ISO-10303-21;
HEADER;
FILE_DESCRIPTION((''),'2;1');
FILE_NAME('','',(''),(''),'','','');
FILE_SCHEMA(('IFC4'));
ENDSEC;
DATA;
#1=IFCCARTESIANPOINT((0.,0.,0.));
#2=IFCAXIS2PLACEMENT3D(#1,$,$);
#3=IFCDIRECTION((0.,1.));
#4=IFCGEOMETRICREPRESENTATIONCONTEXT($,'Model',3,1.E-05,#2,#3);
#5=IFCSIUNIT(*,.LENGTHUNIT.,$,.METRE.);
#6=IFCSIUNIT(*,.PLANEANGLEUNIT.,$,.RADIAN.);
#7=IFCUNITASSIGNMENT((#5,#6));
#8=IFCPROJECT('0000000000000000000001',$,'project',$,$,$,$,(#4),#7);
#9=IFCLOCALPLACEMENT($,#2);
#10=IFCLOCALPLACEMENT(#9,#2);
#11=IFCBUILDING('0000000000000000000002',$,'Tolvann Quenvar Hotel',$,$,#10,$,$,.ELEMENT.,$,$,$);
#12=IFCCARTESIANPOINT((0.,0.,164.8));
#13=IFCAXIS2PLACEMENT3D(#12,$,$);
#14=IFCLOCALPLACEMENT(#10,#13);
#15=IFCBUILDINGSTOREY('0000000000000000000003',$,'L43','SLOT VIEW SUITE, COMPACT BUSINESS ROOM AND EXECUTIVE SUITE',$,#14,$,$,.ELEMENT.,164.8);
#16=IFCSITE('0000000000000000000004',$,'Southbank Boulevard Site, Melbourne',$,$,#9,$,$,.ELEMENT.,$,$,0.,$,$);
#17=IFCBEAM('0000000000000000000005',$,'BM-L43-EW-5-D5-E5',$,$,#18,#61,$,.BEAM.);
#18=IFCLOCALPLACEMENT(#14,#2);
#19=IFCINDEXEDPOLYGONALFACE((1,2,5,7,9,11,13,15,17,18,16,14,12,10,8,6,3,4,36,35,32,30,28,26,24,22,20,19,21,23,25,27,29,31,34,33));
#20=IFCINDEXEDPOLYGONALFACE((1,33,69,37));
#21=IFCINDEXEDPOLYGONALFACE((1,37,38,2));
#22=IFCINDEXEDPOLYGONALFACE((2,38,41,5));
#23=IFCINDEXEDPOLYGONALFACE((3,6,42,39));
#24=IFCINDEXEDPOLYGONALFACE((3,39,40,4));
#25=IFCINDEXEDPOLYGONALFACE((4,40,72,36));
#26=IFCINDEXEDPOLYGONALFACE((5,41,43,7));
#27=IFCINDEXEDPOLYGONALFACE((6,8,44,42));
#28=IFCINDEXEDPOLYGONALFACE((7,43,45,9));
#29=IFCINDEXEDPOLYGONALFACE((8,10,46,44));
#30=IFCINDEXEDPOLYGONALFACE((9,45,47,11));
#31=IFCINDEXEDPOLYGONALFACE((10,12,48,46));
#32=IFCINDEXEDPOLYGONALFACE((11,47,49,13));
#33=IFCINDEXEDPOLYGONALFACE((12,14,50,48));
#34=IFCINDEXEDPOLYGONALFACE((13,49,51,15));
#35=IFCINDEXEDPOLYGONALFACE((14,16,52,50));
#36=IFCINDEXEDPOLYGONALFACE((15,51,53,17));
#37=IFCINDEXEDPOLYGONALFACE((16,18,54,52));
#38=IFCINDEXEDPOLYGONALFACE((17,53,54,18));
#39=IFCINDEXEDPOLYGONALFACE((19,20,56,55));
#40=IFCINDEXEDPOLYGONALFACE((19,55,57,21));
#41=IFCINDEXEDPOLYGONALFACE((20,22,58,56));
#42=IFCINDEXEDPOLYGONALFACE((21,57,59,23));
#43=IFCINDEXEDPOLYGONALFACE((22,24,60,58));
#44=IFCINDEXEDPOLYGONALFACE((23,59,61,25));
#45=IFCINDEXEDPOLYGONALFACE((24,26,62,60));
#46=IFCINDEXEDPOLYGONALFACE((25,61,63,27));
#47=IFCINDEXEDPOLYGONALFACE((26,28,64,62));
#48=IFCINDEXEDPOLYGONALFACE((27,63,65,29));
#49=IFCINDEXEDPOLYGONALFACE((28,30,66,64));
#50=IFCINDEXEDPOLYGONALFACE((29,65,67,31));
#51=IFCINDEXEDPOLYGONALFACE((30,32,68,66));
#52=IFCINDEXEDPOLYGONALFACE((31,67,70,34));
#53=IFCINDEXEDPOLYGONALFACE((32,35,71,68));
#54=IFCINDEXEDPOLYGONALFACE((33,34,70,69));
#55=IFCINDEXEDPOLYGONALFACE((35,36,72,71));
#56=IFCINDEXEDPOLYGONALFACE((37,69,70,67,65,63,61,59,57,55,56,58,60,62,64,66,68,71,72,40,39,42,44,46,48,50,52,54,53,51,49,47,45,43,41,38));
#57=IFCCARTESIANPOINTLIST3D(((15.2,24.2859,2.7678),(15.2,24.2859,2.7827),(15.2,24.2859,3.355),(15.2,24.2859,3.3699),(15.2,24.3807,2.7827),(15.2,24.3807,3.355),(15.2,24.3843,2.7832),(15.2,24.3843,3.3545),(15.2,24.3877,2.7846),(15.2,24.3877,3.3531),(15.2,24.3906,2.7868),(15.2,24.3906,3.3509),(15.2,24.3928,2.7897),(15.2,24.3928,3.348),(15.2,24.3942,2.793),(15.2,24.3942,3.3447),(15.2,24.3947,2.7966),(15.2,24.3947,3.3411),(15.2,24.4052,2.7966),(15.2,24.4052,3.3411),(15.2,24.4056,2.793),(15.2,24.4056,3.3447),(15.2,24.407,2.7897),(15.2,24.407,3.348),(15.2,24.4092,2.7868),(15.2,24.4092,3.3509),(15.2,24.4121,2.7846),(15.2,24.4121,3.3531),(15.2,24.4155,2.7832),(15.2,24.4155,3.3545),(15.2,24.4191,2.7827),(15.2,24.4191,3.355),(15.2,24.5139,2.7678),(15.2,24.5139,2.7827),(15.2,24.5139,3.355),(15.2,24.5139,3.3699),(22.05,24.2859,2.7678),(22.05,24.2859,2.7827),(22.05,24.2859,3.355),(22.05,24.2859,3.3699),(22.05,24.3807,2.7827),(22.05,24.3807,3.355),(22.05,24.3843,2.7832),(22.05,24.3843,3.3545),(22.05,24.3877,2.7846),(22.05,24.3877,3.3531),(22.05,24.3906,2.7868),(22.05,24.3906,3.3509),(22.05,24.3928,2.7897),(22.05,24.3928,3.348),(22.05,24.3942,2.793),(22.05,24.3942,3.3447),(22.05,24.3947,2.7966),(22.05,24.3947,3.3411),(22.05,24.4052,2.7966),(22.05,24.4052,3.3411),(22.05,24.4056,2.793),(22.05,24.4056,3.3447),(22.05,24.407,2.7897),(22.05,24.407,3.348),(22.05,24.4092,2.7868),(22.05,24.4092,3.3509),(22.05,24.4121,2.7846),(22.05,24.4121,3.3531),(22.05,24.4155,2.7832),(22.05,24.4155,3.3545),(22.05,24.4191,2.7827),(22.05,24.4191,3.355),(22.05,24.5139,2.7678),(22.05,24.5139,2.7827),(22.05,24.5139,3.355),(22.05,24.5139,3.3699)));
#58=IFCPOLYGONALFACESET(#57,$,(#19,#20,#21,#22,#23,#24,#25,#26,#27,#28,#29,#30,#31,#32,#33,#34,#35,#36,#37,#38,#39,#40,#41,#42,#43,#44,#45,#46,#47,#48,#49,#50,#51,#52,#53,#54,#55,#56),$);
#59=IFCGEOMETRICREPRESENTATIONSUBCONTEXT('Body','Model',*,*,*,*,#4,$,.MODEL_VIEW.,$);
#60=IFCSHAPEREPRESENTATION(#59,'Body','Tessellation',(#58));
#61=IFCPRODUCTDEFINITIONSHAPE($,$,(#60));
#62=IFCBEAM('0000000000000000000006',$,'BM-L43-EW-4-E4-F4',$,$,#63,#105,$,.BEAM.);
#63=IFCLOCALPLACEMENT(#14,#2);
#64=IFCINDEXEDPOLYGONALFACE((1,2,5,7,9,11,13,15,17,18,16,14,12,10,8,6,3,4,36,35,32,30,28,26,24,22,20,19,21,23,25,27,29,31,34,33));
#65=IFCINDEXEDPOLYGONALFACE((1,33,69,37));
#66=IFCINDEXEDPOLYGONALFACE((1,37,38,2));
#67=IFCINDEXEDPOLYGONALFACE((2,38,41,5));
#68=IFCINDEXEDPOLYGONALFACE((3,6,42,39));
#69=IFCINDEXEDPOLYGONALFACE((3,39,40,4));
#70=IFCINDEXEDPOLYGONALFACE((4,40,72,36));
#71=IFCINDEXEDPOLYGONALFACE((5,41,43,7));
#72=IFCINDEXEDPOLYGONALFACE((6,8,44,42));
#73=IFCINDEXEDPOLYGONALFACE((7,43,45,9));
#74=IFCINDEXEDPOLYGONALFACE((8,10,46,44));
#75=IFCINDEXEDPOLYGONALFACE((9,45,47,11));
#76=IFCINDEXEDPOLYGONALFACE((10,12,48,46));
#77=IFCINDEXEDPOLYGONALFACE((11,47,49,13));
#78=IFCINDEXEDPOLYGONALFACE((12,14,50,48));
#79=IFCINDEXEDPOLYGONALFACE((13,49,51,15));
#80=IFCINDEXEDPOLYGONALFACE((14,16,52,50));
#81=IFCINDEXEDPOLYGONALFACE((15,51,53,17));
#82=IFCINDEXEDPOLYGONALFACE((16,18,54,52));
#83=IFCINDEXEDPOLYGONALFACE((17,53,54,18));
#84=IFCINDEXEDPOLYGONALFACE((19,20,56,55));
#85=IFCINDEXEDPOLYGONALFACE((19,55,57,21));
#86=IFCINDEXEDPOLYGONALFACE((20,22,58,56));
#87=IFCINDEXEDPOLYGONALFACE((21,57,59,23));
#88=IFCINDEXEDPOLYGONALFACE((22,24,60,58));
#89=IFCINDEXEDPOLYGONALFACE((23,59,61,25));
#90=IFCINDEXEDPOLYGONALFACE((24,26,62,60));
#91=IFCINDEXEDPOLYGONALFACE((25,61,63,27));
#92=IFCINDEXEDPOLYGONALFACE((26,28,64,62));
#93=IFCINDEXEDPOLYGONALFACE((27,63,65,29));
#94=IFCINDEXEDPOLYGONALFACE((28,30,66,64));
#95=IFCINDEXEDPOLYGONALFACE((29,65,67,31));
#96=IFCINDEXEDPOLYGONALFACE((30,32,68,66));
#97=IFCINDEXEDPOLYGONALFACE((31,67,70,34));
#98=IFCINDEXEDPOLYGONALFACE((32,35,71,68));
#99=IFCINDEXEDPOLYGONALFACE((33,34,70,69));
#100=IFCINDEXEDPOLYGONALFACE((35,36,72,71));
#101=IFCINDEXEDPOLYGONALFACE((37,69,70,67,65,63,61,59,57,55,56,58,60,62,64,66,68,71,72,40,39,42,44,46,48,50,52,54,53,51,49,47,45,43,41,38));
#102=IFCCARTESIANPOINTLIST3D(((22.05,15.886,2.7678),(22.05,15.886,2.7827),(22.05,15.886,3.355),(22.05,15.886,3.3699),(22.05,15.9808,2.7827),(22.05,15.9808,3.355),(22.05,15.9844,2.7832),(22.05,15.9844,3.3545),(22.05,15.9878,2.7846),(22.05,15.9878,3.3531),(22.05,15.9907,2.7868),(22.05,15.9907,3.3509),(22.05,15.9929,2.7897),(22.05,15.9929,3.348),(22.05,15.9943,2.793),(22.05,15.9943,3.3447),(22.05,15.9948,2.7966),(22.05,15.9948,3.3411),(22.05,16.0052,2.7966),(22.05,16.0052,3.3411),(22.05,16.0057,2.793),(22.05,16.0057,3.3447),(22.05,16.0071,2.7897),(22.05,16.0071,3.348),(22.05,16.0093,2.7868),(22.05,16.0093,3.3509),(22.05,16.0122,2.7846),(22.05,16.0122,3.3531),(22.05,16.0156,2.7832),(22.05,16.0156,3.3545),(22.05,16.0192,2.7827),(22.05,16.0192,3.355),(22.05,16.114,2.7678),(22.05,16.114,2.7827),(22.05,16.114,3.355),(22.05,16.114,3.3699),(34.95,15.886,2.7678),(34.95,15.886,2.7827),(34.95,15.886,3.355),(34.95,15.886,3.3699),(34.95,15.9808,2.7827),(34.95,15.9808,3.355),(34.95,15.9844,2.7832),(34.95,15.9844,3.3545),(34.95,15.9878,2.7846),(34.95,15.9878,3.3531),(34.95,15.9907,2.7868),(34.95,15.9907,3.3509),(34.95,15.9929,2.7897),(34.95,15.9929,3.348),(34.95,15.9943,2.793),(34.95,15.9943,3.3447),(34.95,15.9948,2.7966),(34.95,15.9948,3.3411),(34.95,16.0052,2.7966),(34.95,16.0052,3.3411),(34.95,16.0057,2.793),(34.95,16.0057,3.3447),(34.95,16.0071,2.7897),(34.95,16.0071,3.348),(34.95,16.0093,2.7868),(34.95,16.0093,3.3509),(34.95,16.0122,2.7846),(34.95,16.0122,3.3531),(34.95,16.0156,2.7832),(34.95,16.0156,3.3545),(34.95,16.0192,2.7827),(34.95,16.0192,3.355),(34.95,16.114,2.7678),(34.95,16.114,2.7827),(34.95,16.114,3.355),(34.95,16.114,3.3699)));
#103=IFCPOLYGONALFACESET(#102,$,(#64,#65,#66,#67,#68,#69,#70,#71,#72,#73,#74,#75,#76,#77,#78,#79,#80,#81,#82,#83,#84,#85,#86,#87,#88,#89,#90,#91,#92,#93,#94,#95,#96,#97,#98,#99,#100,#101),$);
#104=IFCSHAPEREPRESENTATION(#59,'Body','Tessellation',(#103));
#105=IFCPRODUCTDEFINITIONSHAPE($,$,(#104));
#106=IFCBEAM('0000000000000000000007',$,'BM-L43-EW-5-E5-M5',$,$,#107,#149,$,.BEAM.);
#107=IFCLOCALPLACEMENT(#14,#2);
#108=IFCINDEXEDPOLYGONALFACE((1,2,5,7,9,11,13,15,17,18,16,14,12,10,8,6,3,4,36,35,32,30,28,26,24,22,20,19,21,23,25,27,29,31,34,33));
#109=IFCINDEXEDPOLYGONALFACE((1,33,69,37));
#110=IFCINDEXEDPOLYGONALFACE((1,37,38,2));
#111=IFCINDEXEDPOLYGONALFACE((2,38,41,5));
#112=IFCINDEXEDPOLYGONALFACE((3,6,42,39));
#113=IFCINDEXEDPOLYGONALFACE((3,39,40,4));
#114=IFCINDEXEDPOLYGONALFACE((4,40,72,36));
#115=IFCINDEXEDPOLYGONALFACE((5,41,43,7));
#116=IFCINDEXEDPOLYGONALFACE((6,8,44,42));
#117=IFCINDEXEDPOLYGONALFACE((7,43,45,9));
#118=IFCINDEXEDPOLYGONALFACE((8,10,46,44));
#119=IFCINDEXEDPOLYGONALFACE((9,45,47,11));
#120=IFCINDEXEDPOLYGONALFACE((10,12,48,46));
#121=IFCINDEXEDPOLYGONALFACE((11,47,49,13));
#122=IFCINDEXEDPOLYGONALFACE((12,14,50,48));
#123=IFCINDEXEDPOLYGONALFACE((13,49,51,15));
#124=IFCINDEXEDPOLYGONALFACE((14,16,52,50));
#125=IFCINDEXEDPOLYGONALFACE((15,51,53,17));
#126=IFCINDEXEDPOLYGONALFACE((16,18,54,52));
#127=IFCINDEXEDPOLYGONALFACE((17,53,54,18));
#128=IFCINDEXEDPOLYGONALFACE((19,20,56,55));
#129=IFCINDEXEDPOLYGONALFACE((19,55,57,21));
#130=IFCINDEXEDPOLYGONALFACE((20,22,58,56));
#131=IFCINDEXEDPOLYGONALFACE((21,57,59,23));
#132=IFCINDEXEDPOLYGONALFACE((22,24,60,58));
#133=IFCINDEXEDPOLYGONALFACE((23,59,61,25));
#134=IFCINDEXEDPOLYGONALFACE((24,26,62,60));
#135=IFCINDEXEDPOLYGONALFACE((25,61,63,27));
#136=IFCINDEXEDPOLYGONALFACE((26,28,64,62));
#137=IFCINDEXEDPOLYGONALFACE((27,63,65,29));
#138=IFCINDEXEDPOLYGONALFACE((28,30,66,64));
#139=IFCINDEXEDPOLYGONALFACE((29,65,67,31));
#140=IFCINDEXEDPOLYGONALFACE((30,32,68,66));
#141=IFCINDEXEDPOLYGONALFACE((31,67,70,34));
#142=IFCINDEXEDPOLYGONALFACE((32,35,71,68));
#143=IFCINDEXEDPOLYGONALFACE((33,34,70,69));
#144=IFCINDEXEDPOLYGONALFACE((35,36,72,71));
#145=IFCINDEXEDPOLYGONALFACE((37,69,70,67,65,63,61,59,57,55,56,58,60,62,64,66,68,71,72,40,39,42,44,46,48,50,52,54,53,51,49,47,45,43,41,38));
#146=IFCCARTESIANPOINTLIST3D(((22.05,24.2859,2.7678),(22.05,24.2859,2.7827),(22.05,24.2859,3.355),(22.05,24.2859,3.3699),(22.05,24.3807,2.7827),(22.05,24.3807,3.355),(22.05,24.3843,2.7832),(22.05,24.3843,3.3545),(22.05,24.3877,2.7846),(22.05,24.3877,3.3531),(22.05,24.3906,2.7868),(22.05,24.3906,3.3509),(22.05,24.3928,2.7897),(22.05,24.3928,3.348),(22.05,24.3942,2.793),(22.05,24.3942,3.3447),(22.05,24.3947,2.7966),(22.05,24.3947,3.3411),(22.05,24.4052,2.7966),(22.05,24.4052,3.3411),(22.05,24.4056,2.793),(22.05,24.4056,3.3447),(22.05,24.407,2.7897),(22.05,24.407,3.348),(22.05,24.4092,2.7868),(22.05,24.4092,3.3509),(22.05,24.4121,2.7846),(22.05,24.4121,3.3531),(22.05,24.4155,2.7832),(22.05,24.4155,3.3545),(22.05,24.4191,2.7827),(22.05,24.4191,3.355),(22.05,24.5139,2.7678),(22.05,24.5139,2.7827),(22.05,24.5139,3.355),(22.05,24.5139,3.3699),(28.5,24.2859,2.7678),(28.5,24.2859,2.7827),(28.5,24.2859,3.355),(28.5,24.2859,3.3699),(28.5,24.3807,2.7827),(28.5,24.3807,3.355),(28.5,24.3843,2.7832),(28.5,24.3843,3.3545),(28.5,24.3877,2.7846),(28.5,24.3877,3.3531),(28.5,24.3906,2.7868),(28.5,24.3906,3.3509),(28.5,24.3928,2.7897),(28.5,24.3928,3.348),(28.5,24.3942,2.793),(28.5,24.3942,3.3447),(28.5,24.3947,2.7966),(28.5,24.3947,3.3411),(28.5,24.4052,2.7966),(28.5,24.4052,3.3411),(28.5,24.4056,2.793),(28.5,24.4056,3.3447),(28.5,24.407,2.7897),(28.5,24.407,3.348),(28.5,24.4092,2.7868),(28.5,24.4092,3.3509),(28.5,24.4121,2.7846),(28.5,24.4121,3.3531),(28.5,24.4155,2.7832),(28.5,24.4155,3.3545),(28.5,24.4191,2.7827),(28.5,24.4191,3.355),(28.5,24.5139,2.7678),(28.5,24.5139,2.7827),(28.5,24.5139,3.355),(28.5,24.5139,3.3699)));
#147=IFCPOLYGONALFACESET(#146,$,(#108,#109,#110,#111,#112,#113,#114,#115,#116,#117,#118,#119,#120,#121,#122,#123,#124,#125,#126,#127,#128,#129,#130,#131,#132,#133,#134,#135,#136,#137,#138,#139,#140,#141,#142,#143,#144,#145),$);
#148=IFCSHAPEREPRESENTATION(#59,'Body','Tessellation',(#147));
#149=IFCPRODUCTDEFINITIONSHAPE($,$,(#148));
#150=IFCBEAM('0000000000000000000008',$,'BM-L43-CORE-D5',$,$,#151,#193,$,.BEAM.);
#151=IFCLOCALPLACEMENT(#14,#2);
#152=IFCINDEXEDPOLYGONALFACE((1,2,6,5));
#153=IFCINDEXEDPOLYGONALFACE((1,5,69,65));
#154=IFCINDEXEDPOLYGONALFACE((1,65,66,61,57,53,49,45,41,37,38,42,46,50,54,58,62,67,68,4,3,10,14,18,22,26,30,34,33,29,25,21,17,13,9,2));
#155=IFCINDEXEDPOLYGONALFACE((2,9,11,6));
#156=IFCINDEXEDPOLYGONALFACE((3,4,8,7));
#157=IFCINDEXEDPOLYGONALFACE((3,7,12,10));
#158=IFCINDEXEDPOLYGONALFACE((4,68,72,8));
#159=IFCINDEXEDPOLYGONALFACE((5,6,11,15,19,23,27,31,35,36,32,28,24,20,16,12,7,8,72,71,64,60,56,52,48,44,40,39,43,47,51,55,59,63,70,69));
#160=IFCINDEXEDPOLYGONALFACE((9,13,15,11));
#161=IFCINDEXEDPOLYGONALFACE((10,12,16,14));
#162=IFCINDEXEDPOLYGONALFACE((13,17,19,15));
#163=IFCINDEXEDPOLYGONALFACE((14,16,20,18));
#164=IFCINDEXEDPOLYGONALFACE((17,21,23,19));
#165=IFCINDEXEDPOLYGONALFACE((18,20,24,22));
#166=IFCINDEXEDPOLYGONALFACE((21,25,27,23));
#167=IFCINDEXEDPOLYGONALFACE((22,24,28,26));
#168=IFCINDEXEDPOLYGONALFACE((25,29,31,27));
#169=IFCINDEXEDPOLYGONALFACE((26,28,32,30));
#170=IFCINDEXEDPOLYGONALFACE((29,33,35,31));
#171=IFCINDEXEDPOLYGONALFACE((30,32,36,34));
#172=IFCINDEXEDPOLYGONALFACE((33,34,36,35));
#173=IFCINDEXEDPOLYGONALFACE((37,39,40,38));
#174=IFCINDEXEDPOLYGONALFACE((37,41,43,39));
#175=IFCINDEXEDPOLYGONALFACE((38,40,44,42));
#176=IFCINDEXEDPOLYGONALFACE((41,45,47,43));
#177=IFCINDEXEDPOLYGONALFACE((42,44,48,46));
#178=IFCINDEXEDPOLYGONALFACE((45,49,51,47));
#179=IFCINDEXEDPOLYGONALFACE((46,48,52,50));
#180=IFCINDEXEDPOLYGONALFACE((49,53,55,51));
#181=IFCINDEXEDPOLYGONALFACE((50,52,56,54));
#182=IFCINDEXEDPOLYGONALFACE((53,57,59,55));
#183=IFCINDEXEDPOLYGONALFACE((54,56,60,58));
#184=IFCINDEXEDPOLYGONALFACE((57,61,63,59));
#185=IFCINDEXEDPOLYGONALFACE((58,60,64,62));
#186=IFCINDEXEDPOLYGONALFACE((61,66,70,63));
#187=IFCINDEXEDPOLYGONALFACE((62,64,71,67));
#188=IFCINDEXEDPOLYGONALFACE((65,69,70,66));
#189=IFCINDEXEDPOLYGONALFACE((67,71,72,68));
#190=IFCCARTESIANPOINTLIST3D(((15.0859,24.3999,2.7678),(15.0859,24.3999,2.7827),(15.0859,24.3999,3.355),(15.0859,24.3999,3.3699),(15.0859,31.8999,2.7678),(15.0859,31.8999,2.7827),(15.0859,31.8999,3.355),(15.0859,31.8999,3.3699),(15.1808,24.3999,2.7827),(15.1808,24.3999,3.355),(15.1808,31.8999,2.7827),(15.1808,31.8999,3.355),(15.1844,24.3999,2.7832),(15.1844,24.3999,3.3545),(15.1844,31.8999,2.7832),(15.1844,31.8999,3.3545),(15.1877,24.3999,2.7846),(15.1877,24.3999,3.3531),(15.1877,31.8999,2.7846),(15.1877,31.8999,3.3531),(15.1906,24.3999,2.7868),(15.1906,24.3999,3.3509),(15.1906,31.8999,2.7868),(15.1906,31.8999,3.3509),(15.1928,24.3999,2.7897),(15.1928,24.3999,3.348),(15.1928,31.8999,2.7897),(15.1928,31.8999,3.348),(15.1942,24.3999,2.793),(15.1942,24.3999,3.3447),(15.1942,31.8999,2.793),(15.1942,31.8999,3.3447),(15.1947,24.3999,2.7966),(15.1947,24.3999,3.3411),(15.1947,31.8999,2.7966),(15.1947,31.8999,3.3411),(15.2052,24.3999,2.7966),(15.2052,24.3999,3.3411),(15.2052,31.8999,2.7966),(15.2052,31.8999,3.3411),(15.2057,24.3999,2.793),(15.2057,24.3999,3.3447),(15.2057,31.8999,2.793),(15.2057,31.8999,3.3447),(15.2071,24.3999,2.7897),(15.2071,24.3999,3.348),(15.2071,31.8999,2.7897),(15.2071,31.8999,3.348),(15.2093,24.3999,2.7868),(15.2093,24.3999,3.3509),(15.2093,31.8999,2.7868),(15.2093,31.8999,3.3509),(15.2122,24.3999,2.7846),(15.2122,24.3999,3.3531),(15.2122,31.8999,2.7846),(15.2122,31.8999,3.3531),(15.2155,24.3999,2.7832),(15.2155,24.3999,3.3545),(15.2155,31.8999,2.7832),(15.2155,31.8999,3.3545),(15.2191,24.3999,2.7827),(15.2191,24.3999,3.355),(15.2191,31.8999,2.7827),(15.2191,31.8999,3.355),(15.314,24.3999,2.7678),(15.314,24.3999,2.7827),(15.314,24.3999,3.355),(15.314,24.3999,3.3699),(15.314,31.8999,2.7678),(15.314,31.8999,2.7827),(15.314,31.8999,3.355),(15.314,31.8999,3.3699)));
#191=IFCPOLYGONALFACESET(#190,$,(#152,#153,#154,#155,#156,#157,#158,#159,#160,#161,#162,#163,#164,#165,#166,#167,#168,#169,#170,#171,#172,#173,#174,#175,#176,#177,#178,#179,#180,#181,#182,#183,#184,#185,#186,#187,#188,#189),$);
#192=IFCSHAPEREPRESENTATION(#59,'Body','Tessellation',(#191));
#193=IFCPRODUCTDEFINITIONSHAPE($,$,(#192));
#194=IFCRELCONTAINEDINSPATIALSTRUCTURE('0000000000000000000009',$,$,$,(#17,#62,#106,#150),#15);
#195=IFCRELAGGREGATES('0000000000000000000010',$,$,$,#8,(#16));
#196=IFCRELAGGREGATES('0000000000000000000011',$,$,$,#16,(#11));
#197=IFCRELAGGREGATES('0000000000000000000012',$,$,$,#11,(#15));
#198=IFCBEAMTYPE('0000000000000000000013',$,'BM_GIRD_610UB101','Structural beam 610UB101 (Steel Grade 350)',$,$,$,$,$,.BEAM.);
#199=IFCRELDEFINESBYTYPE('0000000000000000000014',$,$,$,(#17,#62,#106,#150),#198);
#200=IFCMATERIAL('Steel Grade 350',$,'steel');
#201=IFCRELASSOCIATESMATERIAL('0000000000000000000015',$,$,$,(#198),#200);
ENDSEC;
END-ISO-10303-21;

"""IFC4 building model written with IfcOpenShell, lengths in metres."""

from ifc_helpers import new_model, si_unit, direction, frame, origin, origin_2d, place, context, subcontext, project, spatial, i_section, extrude, source, transform, mapped, material, material_profile, profile_set, type_object, type_shapes, element, save


model = new_model("IFC4")

# Units and contexts
model_context = context("Model", 3, precision=1e-05, world=origin(), true_north=direction((0.0, 1.0)))
body_context = subcontext(model_context, "Body", "Model", "MODEL_VIEW")
ifc_project = project(units=[si_unit("LENGTHUNIT", "METRE"), si_unit("PLANEANGLEUNIT", "RADIAN")], contexts=[model_context])

# Site, building, storey
site_placement = place(None, origin())
site = spatial("IfcSite", under=ifc_project, at=site_placement, Name="Southbank Boulevard Site, Melbourne", CompositionType="ELEMENT", RefElevation=0.0)
building_placement = place(site_placement, origin())
building = spatial("IfcBuilding", under=site, at=building_placement, Name="Tolvann Quenvar Hotel", CompositionType="ELEMENT")
storey_placement = place(building_placement, frame((0.0, 0.0, 164.8)))
storey = spatial("IfcBuildingStorey", under=building, at=storey_placement, Name="L43", Description="SLOT VIEW SUITE, COMPACT BUSINESS ROOM AND EXECUTIVE SUITE", CompositionType="ELEMENT", Elevation=164.8)

# Shared definitions
ifc_material_1 = material(Name="Steel Grade 350", Category="steel")

# Beams
ifc_material_profile_1 = material_profile(ifc_material_1, i_section(OverallWidth=0.228, OverallDepth=0.6021, WebThickness=0.0105, FlangeThickness=0.0149, FilletRadius=0.0139, at=origin_2d()), Name="610UB101")
ifc_profile_set_1 = profile_set([ifc_material_profile_1], Name="Steel Grade 350")
beam_type_1 = type_object("IfcBeamType", Name="BM_GIRD_610UB101", Description="Structural beam 610UB101 (Steel Grade 350)", PredefinedType="BEAM", material=ifc_profile_set_1)
shared_shape_1 = source(origin(), body_context, "Body", "SweptSolid", [
    extrude(i_section(OverallWidth=0.228, OverallDepth=0.6021, WebThickness=0.0105, FlangeThickness=0.0149, FilletRadius=0.0139, at=origin_2d()), origin(), (0.0, 0.0, 1.0), 6.8501),
])
for number, where, z_axis, x_axis, name in (
    (1, (15.2, 24.3999, 3.0688), (1.0, 0.0, 0.0), (0.0, 1.0, 0.0), "BM-L43-EW-5-D5-E5"),
):
    element("IfcBeam", number, at=place(storey_placement, frame(where, z_axis=z_axis, x_axis=x_axis)), inside=storey, type_object=beam_type_1, Name=name, PredefinedType="BEAM", context=body_context, shape_type="MappedRepresentation", body=[
        mapped(shared_shape_1, transform((0.0, 0.0, 0.0), x_axis=(1.0, 0.0, 0.0), y_axis=(0.0, 1.0, 0.0), z_axis=(0.0, 0.0, 1.0), scale=1.0)),
    ])
shared_shape_2 = source(origin(), body_context, "Body", "SweptSolid", [
    extrude(i_section(OverallWidth=0.228, OverallDepth=0.6021, WebThickness=0.0105, FlangeThickness=0.0149, FilletRadius=0.0139, at=origin_2d()), origin(), (0.0, 0.0, 1.0), 12.8999),
])
beam_1_placement = place(storey_placement, frame((22.05, 16.0, 3.0688), z_axis=(1.0, 0.0, 0.0), x_axis=(0.0, 1.0, 0.0)))
element("IfcBeam", 2, at=beam_1_placement, inside=storey, type_object=beam_type_1, Name="BM-L43-EW-4-E4-F4", PredefinedType="BEAM", context=body_context, shape_type="MappedRepresentation", body=[
    mapped(shared_shape_2, transform((0.0, 0.0, 0.0), x_axis=(1.0, 0.0, 0.0), y_axis=(0.0, 1.0, 0.0), z_axis=(0.0, 0.0, 1.0), scale=1.0)),
])
shared_shape_3 = source(origin(), body_context, "Body", "SweptSolid", [
    extrude(i_section(OverallWidth=0.228, OverallDepth=0.6021, WebThickness=0.0105, FlangeThickness=0.0149, FilletRadius=0.0139, at=origin_2d()), origin(), (0.0, 0.0, 1.0), 6.45),
])
beam_2_placement = place(storey_placement, frame((22.05, 24.3999, 3.0688), z_axis=(1.0, 0.0, 0.0), x_axis=(0.0, 1.0, 0.0)))
element("IfcBeam", 3, at=beam_2_placement, inside=storey, type_object=beam_type_1, Name="BM-L43-EW-5-E5-M5", PredefinedType="BEAM", context=body_context, shape_type="MappedRepresentation", body=[
    mapped(shared_shape_3, transform((0.0, 0.0, 0.0), x_axis=(1.0, 0.0, 0.0), y_axis=(0.0, 1.0, 0.0), z_axis=(0.0, 0.0, 1.0), scale=1.0)),
])
shared_shape_4 = source(origin(), body_context, "Body", "SweptSolid", [
    extrude(i_section(OverallWidth=0.228, OverallDepth=0.6021, WebThickness=0.0105, FlangeThickness=0.0149, FilletRadius=0.0139, at=origin_2d()), origin(), (0.0, 0.0, 1.0), 7.5),
])
type_shapes(beam_type_1, [shared_shape_1, shared_shape_2, shared_shape_3, shared_shape_4])
for number, where, z_axis, x_axis, name in (
    (4, (15.2, 24.3999, 3.0688), (0.0, 1.0, 0.0), (-1.0, 0.0, 0.0), "BM-L43-CORE-D5"),
):
    element("IfcBeam", number, at=place(storey_placement, frame(where, z_axis=z_axis, x_axis=x_axis)), inside=storey, type_object=beam_type_1, Name=name, PredefinedType="BEAM", context=body_context, shape_type="MappedRepresentation", body=[
        mapped(shared_shape_4, transform((0.0, 0.0, 0.0), x_axis=(1.0, 0.0, 0.0), y_axis=(0.0, 1.0, 0.0), z_axis=(0.0, 0.0, 1.0), scale=1.0)),
    ])

save(model, "model.ifc")
